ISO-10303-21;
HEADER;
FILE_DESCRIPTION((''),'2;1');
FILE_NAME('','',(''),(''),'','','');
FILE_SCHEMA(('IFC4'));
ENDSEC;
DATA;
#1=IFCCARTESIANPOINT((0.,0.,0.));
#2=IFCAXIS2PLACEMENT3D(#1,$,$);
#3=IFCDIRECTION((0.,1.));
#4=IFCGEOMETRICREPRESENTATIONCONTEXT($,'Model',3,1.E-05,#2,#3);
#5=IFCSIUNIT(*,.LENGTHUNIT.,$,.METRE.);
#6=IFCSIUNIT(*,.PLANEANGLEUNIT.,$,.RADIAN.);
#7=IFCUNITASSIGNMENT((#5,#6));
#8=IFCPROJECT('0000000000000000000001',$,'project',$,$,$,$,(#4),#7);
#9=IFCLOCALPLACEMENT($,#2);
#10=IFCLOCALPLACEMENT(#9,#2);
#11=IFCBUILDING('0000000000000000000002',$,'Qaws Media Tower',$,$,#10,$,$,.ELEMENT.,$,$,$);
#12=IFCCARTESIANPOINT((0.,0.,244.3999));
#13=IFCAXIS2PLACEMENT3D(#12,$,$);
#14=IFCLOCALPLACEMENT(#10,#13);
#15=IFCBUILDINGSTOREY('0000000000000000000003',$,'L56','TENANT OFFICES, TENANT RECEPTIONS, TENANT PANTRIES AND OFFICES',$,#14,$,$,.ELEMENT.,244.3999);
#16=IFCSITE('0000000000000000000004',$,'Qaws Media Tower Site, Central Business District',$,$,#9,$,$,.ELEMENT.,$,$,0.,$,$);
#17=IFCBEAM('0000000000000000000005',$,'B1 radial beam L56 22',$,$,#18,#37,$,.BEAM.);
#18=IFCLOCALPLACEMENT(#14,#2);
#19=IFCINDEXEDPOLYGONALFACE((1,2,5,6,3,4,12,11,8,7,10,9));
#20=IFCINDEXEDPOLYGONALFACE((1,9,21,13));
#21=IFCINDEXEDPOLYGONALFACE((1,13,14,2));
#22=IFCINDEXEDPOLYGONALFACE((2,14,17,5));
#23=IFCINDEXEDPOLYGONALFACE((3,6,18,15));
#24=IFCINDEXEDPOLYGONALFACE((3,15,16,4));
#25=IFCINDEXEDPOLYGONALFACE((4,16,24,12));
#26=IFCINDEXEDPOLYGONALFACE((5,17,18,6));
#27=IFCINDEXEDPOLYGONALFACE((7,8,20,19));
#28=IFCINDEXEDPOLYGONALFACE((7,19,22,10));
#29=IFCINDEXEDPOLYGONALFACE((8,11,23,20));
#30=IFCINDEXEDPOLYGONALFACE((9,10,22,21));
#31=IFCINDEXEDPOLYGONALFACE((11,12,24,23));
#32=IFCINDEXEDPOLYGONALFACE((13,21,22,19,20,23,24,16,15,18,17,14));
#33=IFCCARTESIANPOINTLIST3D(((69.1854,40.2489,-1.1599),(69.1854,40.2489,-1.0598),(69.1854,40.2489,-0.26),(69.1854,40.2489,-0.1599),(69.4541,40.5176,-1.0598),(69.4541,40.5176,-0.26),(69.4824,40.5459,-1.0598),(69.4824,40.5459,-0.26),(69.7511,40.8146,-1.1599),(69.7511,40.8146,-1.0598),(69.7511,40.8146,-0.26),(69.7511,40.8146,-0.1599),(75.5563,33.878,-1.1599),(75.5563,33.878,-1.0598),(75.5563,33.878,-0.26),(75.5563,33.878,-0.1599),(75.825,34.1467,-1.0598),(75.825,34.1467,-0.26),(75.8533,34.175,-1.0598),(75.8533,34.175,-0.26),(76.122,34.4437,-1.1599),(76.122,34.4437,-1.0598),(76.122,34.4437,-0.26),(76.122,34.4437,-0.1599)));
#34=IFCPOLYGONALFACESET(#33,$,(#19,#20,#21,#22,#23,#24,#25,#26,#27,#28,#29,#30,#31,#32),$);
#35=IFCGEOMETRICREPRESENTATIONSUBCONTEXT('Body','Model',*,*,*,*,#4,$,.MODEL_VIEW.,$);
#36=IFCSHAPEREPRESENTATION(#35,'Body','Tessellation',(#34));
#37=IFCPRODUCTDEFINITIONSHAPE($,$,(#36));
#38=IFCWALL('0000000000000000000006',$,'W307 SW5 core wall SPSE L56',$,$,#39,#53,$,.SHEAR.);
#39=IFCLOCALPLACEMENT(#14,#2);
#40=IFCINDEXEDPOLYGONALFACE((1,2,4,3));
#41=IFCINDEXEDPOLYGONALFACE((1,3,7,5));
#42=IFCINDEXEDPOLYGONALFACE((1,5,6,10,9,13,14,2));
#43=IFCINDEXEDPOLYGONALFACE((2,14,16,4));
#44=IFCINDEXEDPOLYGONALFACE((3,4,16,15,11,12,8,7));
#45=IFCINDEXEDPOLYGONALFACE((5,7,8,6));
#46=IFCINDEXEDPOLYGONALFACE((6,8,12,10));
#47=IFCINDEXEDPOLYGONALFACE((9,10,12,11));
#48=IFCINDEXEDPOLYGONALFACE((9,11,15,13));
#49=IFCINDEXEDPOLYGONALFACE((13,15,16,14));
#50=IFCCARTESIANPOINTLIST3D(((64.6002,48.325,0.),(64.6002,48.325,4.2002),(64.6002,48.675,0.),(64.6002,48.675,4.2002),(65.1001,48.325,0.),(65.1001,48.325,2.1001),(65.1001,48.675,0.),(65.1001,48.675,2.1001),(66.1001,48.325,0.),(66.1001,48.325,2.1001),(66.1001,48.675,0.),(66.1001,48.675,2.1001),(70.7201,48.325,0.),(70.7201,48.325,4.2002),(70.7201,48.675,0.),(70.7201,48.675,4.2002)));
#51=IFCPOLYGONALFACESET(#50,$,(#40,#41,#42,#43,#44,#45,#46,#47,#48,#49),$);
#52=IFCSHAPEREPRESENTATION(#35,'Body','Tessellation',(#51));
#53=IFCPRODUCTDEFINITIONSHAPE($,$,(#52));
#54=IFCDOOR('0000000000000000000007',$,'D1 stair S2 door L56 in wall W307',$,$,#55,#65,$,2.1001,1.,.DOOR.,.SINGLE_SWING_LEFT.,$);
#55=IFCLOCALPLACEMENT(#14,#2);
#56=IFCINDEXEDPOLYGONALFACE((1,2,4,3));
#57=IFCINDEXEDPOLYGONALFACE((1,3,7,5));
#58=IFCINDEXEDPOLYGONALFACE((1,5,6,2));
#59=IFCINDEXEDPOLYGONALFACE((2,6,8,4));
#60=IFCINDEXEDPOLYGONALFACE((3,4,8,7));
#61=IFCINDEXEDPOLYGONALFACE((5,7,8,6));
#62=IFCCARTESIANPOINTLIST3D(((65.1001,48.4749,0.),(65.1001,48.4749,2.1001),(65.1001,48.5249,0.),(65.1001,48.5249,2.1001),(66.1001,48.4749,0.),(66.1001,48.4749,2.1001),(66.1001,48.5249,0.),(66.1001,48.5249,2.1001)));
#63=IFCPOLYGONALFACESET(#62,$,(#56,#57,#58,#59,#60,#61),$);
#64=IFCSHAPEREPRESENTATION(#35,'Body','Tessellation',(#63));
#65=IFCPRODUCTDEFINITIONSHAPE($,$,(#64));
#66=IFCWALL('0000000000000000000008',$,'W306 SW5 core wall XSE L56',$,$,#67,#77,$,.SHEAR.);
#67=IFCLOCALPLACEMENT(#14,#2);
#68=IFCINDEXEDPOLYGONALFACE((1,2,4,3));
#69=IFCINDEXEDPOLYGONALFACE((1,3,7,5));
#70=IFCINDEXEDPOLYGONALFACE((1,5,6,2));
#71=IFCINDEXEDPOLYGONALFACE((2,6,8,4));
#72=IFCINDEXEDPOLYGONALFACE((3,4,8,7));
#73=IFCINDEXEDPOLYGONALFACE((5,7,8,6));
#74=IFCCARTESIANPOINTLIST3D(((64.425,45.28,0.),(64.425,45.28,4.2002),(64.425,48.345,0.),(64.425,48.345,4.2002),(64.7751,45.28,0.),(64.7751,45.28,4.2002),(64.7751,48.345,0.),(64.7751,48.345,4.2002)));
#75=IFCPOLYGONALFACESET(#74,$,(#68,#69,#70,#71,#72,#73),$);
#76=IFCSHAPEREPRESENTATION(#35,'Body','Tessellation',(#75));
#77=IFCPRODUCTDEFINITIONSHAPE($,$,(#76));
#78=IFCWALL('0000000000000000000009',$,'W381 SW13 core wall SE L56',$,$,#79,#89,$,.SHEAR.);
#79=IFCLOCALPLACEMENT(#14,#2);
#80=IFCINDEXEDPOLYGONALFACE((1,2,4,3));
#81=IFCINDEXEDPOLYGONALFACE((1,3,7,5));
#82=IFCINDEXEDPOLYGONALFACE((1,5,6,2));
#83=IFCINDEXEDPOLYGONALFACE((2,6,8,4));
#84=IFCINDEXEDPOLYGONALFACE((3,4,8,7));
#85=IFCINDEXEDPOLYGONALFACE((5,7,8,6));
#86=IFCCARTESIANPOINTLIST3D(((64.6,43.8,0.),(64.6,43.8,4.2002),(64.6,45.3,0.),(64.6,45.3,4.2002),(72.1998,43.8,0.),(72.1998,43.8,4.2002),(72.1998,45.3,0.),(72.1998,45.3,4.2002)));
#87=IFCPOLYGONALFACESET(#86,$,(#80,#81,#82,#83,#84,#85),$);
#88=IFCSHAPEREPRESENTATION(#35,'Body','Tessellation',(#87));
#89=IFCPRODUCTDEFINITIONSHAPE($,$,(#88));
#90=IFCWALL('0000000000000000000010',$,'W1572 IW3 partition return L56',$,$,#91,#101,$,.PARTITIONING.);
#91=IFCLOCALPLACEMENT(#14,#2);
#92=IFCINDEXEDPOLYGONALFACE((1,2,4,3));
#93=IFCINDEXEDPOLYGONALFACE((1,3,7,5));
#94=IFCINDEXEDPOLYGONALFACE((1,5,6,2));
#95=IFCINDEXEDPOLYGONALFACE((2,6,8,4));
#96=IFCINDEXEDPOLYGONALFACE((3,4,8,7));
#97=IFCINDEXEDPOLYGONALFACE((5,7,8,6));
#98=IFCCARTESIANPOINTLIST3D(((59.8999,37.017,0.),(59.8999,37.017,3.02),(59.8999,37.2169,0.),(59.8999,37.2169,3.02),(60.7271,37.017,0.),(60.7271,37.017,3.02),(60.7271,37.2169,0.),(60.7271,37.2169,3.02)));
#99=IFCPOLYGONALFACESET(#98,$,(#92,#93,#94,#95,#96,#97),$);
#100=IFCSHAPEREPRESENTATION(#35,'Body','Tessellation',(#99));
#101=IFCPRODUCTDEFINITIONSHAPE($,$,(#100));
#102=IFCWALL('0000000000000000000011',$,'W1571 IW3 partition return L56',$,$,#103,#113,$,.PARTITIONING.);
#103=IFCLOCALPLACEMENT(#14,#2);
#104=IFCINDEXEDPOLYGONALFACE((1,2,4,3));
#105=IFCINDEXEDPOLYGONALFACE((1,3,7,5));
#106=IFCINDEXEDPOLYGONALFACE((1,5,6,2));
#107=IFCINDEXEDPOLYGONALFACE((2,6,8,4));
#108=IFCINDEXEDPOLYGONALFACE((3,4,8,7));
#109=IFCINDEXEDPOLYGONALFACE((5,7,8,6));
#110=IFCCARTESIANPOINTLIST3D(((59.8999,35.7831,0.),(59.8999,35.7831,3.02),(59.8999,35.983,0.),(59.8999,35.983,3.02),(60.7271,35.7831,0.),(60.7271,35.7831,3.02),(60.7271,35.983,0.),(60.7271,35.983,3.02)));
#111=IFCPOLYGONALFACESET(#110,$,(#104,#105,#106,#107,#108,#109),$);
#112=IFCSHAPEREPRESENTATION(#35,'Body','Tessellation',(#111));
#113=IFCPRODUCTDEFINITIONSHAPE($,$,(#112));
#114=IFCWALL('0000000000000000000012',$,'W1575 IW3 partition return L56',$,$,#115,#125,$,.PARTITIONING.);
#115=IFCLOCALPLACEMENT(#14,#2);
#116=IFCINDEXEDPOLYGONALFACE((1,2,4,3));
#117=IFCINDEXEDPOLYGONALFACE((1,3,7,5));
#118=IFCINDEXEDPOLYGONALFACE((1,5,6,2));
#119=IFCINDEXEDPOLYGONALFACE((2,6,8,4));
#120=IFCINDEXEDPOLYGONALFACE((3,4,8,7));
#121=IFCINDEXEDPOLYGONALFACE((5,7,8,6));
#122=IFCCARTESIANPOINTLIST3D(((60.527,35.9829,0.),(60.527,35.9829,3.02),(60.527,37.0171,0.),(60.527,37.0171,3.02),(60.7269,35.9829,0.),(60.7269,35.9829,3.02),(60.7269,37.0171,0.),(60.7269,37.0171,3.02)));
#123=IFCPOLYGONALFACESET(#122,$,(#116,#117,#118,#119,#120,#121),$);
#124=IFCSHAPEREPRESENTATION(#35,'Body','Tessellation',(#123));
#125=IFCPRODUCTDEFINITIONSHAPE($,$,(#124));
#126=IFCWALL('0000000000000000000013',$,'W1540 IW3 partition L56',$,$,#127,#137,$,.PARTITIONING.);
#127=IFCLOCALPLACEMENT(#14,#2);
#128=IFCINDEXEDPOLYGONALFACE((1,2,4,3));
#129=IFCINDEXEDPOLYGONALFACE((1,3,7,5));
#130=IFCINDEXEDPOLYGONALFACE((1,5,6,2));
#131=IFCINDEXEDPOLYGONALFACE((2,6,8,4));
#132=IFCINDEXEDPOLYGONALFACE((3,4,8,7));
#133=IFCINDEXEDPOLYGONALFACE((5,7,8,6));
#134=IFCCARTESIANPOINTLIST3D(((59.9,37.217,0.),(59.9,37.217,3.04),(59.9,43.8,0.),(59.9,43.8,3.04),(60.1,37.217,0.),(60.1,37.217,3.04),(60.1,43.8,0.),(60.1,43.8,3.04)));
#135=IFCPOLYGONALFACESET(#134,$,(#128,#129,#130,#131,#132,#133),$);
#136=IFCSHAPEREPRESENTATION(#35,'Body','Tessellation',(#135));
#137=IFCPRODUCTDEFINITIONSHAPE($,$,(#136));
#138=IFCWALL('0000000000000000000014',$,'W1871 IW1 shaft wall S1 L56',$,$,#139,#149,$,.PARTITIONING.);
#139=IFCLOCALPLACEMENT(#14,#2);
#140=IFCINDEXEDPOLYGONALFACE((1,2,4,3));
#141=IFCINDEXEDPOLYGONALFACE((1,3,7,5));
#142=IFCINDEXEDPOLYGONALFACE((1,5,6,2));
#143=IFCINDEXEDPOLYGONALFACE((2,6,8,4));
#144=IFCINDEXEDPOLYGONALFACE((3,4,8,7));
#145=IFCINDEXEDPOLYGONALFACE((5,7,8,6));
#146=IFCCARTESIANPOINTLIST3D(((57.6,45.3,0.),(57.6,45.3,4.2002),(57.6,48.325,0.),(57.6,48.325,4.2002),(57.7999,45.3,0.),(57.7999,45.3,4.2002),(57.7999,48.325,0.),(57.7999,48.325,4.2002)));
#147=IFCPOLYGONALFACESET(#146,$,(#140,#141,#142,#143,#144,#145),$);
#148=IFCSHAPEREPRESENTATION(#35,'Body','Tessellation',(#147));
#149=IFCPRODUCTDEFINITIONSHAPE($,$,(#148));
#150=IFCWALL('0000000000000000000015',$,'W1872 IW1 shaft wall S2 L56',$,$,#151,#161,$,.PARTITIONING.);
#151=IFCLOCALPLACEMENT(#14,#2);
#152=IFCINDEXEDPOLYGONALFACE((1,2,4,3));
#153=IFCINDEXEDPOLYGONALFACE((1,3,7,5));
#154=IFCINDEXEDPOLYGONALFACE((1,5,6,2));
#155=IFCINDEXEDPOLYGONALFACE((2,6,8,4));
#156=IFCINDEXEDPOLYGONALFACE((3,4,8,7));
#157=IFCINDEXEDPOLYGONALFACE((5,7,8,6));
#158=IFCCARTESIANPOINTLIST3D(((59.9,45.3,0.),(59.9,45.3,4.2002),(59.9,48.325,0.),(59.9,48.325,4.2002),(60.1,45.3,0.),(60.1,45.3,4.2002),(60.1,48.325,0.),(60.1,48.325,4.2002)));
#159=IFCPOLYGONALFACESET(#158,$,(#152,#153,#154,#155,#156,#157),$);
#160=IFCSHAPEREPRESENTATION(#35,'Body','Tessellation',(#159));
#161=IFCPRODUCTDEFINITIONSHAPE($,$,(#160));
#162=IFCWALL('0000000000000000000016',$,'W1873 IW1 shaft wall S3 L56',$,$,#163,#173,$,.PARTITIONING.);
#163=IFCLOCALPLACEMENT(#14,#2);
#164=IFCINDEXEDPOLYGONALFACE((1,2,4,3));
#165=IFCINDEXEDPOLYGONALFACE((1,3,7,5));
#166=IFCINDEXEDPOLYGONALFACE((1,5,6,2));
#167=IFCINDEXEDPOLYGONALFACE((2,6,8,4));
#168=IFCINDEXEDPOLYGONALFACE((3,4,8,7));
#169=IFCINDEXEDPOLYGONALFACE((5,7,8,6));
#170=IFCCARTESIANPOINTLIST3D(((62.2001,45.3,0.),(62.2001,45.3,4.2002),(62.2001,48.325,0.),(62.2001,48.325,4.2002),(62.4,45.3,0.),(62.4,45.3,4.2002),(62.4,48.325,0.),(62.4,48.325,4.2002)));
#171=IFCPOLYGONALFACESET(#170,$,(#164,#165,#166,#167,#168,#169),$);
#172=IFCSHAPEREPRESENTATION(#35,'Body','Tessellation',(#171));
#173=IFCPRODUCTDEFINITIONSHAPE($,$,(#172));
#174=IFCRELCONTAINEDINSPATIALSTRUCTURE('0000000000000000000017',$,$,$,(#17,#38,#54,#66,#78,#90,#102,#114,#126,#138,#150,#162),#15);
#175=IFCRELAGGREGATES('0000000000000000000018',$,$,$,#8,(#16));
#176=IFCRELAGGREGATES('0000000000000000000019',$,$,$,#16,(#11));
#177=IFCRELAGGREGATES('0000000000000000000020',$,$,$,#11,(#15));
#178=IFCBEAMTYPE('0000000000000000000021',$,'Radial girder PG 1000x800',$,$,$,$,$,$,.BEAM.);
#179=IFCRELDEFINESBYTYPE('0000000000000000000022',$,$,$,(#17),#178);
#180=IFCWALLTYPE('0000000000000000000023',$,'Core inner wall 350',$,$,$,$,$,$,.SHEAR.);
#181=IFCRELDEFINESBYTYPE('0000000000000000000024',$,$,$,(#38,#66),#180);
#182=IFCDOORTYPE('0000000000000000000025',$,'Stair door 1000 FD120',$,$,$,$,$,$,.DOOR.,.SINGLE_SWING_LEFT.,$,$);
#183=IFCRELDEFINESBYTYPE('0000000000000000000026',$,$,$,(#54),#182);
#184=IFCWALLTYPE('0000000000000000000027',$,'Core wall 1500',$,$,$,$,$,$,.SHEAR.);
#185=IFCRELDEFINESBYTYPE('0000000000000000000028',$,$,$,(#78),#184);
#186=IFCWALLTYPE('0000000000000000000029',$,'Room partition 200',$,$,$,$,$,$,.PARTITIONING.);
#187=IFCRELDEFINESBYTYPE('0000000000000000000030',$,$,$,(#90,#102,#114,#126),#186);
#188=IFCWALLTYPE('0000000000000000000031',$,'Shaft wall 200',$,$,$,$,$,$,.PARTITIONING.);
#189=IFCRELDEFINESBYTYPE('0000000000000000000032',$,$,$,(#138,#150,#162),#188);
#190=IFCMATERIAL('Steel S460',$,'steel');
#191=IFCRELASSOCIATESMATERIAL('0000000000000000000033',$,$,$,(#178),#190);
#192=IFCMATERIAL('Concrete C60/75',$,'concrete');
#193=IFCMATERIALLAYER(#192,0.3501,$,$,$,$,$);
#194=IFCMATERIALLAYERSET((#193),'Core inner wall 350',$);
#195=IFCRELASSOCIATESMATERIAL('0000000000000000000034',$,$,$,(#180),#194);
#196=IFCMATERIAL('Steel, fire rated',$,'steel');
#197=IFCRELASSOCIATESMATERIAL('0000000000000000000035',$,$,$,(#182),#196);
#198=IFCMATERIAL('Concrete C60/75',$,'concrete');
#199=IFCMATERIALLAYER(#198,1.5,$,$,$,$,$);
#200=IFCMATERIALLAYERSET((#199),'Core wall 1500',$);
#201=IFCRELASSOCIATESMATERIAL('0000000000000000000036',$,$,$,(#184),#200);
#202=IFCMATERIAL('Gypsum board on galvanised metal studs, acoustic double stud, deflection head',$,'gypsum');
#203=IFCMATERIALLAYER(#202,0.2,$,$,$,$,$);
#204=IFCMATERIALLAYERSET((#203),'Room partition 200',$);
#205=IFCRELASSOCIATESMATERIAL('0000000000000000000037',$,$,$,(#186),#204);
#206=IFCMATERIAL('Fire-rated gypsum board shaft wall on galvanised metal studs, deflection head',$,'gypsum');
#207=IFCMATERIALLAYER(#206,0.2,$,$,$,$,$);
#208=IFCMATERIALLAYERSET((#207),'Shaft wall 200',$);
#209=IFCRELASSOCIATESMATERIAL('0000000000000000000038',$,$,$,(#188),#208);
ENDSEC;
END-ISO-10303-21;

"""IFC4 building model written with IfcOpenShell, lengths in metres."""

from ifc_helpers import new_model, si_unit, direction, frame, frame_2d, origin, origin_2d, place, context, subcontext, project, spatial, rectangle, i_section, extrude, material, layer, layer_set, material_profile, profile_set, type_object, element, fill, save


model = new_model("IFC4")

# Units and contexts
model_context = context("Model", 3, precision=1e-05, world=origin(), true_north=direction((0.0, 1.0)))
body_context = subcontext(model_context, "Body", "Model", "MODEL_VIEW")
ifc_project = project(units=[si_unit("LENGTHUNIT", "METRE"), si_unit("PLANEANGLEUNIT", "RADIAN")], contexts=[model_context])

# Site, building, storey
site_placement = place(None, origin())
site = spatial("IfcSite", under=ifc_project, at=site_placement, Name="Qaws Media Tower Site, Central Business District", CompositionType="ELEMENT", RefElevation=0.0)
building_placement = place(site_placement, origin())
building = spatial("IfcBuilding", under=site, at=building_placement, Name="Qaws Media Tower", CompositionType="ELEMENT")
storey_placement = place(building_placement, frame((0.0, 0.0, 244.3999)))
storey = spatial("IfcBuildingStorey", under=building, at=storey_placement, Name="L56", Description="TENANT OFFICES, TENANT RECEPTIONS, TENANT PANTRIES AND OFFICES", CompositionType="ELEMENT", Elevation=244.3999)

# Beam
ifc_material_1 = material(Name="Steel S460", Category="steel")
ifc_material_profile_1 = material_profile(ifc_material_1, i_section(OverallWidth=0.8, OverallDepth=1.0, WebThickness=0.04, FlangeThickness=0.1001, at=origin_2d()), Name="PG 1000x800")
ifc_profile_set_1 = profile_set([ifc_material_profile_1], Name="Steel S460")
beam_type_1 = type_object("IfcBeamType", Name="Radial girder PG 1000x800", PredefinedType="BEAM", material=ifc_profile_set_1)
beam_1_placement = place(storey_placement, frame((69.4683, 40.5317, -0.6599), z_axis=(0.707107, -0.707107, 0.0), x_axis=(0.707107, 0.707107, 0.0)))
element("IfcBeam", 1, at=beam_1_placement, inside=storey, type_object=beam_type_1, Name="B1 radial beam L56 22", PredefinedType="BEAM", context=body_context, shape_type="SweptSolid", body=[
    extrude(i_section(OverallWidth=0.8, OverallDepth=1.0, WebThickness=0.04, FlangeThickness=0.1001, at=origin_2d()), origin(), (0.0, 0.0, 1.0), 9.0098),
])

# Wall, opening, door
ifc_material_2 = material(Name="Concrete C60/75", Category="concrete")
ifc_layer_1 = layer(ifc_material_2, 0.3501)
ifc_layer_set_1 = layer_set([ifc_layer_1], Name="Core inner wall 350")
wall_type_1 = type_object("IfcWallType", Name="Core inner wall 350", PredefinedType="SHEAR", material=ifc_layer_set_1)
wall_1_placement = place(storey_placement, frame((64.6001, 48.5, 0.0), z_axis=(0.0, 0.0, 1.0), x_axis=(1.0, 0.0, 0.0)))
wall_1 = element("IfcWall", 2, at=wall_1_placement, inside=storey, type_object=wall_type_1, Name="W307 SW5 core wall SPSE L56", PredefinedType="SHEAR", context=body_context, shape_type="SweptSolid", body=[
    extrude(rectangle(XDim=6.1199, YDim=0.3501, at=frame_2d((3.0601, 0.0))), origin(), (0.0, 0.0, 1.0), 4.2002),
])
opening_placement = place(wall_1_placement, frame((0.5, 0.0, 0.0)))
opening = element("IfcOpeningElement", 3, at=opening_placement, cuts=wall_1, PredefinedType="OPENING", context=body_context, shape_type="SweptSolid", body=[
    extrude(rectangle(XDim=1.0, YDim=2.1001, at=frame_2d((0.5, 1.05))), frame((0.0, 0.1851, 0.0), z_axis=(0.0, -1.0, 0.0), x_axis=(1.0, 0.0, 0.0)), (0.0, 0.0, 1.0), 0.3701),
])
ifc_material_3 = material(Name="Steel, fire rated", Category="steel")
door_type = type_object("IfcDoorType", Name="Stair door 1000 FD120", OperationType="SINGLE_SWING_LEFT", PredefinedType="DOOR", material=ifc_material_3)
door_placement = place(opening_placement, origin())
door = element("IfcDoor", 4, at=door_placement, inside=storey, type_object=door_type, Name="D1 stair S2 door L56 in wall W307", OperationType="SINGLE_SWING_LEFT", OverallHeight=2.1001, OverallWidth=1.0, PredefinedType="DOOR", context=body_context, shape_type="SweptSolid", body=[
    extrude(rectangle(XDim=1.0, YDim=2.1001, at=frame_2d((0.5, 1.05))), frame((0.0, 0.0249, 0.0), z_axis=(0.0, -1.0, 0.0), x_axis=(1.0, 0.0, 0.0)), (0.0, 0.0, 1.0), 0.05),
])
fill(opening, door)

# Walls
wall_2_placement = place(storey_placement, frame((64.6001, 48.345, 0.0), z_axis=(0.0, 0.0, 1.0), x_axis=(0.0, -1.0, 0.0)))
element("IfcWall", 5, at=wall_2_placement, inside=storey, type_object=wall_type_1, Name="W306 SW5 core wall XSE L56", PredefinedType="SHEAR", context=body_context, shape_type="SweptSolid", body=[
    extrude(rectangle(XDim=3.0649, YDim=0.3501, at=frame_2d((1.5325, 0.0))), origin(), (0.0, 0.0, 1.0), 4.2002),
])
ifc_material_4 = material(Name="Concrete C60/75", Category="concrete")
ifc_layer_2 = layer(ifc_material_4, 1.5)
ifc_layer_set_2 = layer_set([ifc_layer_2], Name="Core wall 1500")
wall_type_2 = type_object("IfcWallType", Name="Core wall 1500", PredefinedType="SHEAR", material=ifc_layer_set_2)
wall_3_placement = place(storey_placement, frame((64.6001, 44.55, 0.0), z_axis=(0.0, 0.0, 1.0), x_axis=(1.0, 0.0, 0.0)))
element("IfcWall", 6, at=wall_3_placement, inside=storey, type_object=wall_type_2, Name="W381 SW13 core wall SE L56", PredefinedType="SHEAR", context=body_context, shape_type="SweptSolid", body=[
    extrude(rectangle(XDim=7.5999, YDim=1.5, at=frame_2d((3.7998, 0.0))), origin(), (0.0, 0.0, 1.0), 4.2002),
])
ifc_material_5 = material(Name="Gypsum board on galvanised metal studs, acoustic double stud, deflection head", Category="gypsum")
ifc_layer_3 = layer(ifc_material_5, 0.2)
ifc_layer_set_3 = layer_set([ifc_layer_3], Name="Room partition 200")
wall_type_3 = type_object("IfcWallType", Name="Room partition 200", PredefinedType="PARTITIONING", material=ifc_layer_set_3)
for number, where, z_axis, x_axis, name in (
    (7, (59.8999, 37.1169, 0.0), (0.0, 0.0, 1.0), (1.0, 0.0, 0.0), "W1572 IW3 partition return L56"),
    (8, (59.8999, 35.8831, 0.0), (0.0, 0.0, 1.0), (1.0, 0.0, 0.0), "W1571 IW3 partition return L56"),
):
    element("IfcWall", number, at=place(storey_placement, frame(where, z_axis=z_axis, x_axis=x_axis)), inside=storey, type_object=wall_type_3, Name=name, PredefinedType="PARTITIONING", context=body_context, shape_type="SweptSolid", body=[
        extrude(rectangle(XDim=0.8271, YDim=0.2, at=frame_2d((0.4136, 0.0))), origin(), (0.0, 0.0, 1.0), 3.02),
    ])
wall_4_placement = place(storey_placement, frame((60.627, 37.0171, 0.0), z_axis=(0.0, 0.0, 1.0), x_axis=(0.0, -1.0, 0.0)))
element("IfcWall", 9, at=wall_4_placement, inside=storey, type_object=wall_type_3, Name="W1575 IW3 partition return L56", PredefinedType="PARTITIONING", context=body_context, shape_type="SweptSolid", body=[
    extrude(rectangle(XDim=1.0342, YDim=0.2, at=frame_2d((0.5171, 0.0))), origin(), (0.0, 0.0, 1.0), 3.02),
])
wall_5_placement = place(storey_placement, frame((60.0, 43.8, 0.0), z_axis=(0.0, 0.0, 1.0), x_axis=(0.0, -1.0, 0.0)))
element("IfcWall", 10, at=wall_5_placement, inside=storey, type_object=wall_type_3, Name="W1540 IW3 partition L56", PredefinedType="PARTITIONING", context=body_context, shape_type="SweptSolid", body=[
    extrude(rectangle(XDim=6.583, YDim=0.2, at=frame_2d((3.2915, 0.0))), origin(), (0.0, 0.0, 1.0), 3.04),
])
ifc_material_6 = material(Name="Fire-rated gypsum board shaft wall on galvanised metal studs, deflection head", Category="gypsum")
ifc_layer_4 = layer(ifc_material_6, 0.2)
ifc_layer_set_4 = layer_set([ifc_layer_4], Name="Shaft wall 200")
wall_type_4 = type_object("IfcWallType", Name="Shaft wall 200", PredefinedType="PARTITIONING", material=ifc_layer_set_4)
for number, where, z_axis, x_axis, name in (
    (11, (57.7, 45.3, 0.0), (0.0, 0.0, 1.0), (0.0, 1.0, 0.0), "W1871 IW1 shaft wall S1 L56"),
    (12, (60.0, 45.3, 0.0), (0.0, 0.0, 1.0), (0.0, 1.0, 0.0), "W1872 IW1 shaft wall S2 L56"),
    (13, (62.3, 45.3, 0.0), (0.0, 0.0, 1.0), (0.0, 1.0, 0.0), "W1873 IW1 shaft wall S3 L56"),
):
    element("IfcWall", number, at=place(storey_placement, frame(where, z_axis=z_axis, x_axis=x_axis)), inside=storey, type_object=wall_type_4, Name=name, PredefinedType="PARTITIONING", context=body_context, shape_type="SweptSolid", body=[
        extrude(rectangle(XDim=3.0249, YDim=0.2, at=frame_2d((1.5125, 0.0))), origin(), (0.0, 0.0, 1.0), 4.2002),
    ])

save(model, "model.ifc")
